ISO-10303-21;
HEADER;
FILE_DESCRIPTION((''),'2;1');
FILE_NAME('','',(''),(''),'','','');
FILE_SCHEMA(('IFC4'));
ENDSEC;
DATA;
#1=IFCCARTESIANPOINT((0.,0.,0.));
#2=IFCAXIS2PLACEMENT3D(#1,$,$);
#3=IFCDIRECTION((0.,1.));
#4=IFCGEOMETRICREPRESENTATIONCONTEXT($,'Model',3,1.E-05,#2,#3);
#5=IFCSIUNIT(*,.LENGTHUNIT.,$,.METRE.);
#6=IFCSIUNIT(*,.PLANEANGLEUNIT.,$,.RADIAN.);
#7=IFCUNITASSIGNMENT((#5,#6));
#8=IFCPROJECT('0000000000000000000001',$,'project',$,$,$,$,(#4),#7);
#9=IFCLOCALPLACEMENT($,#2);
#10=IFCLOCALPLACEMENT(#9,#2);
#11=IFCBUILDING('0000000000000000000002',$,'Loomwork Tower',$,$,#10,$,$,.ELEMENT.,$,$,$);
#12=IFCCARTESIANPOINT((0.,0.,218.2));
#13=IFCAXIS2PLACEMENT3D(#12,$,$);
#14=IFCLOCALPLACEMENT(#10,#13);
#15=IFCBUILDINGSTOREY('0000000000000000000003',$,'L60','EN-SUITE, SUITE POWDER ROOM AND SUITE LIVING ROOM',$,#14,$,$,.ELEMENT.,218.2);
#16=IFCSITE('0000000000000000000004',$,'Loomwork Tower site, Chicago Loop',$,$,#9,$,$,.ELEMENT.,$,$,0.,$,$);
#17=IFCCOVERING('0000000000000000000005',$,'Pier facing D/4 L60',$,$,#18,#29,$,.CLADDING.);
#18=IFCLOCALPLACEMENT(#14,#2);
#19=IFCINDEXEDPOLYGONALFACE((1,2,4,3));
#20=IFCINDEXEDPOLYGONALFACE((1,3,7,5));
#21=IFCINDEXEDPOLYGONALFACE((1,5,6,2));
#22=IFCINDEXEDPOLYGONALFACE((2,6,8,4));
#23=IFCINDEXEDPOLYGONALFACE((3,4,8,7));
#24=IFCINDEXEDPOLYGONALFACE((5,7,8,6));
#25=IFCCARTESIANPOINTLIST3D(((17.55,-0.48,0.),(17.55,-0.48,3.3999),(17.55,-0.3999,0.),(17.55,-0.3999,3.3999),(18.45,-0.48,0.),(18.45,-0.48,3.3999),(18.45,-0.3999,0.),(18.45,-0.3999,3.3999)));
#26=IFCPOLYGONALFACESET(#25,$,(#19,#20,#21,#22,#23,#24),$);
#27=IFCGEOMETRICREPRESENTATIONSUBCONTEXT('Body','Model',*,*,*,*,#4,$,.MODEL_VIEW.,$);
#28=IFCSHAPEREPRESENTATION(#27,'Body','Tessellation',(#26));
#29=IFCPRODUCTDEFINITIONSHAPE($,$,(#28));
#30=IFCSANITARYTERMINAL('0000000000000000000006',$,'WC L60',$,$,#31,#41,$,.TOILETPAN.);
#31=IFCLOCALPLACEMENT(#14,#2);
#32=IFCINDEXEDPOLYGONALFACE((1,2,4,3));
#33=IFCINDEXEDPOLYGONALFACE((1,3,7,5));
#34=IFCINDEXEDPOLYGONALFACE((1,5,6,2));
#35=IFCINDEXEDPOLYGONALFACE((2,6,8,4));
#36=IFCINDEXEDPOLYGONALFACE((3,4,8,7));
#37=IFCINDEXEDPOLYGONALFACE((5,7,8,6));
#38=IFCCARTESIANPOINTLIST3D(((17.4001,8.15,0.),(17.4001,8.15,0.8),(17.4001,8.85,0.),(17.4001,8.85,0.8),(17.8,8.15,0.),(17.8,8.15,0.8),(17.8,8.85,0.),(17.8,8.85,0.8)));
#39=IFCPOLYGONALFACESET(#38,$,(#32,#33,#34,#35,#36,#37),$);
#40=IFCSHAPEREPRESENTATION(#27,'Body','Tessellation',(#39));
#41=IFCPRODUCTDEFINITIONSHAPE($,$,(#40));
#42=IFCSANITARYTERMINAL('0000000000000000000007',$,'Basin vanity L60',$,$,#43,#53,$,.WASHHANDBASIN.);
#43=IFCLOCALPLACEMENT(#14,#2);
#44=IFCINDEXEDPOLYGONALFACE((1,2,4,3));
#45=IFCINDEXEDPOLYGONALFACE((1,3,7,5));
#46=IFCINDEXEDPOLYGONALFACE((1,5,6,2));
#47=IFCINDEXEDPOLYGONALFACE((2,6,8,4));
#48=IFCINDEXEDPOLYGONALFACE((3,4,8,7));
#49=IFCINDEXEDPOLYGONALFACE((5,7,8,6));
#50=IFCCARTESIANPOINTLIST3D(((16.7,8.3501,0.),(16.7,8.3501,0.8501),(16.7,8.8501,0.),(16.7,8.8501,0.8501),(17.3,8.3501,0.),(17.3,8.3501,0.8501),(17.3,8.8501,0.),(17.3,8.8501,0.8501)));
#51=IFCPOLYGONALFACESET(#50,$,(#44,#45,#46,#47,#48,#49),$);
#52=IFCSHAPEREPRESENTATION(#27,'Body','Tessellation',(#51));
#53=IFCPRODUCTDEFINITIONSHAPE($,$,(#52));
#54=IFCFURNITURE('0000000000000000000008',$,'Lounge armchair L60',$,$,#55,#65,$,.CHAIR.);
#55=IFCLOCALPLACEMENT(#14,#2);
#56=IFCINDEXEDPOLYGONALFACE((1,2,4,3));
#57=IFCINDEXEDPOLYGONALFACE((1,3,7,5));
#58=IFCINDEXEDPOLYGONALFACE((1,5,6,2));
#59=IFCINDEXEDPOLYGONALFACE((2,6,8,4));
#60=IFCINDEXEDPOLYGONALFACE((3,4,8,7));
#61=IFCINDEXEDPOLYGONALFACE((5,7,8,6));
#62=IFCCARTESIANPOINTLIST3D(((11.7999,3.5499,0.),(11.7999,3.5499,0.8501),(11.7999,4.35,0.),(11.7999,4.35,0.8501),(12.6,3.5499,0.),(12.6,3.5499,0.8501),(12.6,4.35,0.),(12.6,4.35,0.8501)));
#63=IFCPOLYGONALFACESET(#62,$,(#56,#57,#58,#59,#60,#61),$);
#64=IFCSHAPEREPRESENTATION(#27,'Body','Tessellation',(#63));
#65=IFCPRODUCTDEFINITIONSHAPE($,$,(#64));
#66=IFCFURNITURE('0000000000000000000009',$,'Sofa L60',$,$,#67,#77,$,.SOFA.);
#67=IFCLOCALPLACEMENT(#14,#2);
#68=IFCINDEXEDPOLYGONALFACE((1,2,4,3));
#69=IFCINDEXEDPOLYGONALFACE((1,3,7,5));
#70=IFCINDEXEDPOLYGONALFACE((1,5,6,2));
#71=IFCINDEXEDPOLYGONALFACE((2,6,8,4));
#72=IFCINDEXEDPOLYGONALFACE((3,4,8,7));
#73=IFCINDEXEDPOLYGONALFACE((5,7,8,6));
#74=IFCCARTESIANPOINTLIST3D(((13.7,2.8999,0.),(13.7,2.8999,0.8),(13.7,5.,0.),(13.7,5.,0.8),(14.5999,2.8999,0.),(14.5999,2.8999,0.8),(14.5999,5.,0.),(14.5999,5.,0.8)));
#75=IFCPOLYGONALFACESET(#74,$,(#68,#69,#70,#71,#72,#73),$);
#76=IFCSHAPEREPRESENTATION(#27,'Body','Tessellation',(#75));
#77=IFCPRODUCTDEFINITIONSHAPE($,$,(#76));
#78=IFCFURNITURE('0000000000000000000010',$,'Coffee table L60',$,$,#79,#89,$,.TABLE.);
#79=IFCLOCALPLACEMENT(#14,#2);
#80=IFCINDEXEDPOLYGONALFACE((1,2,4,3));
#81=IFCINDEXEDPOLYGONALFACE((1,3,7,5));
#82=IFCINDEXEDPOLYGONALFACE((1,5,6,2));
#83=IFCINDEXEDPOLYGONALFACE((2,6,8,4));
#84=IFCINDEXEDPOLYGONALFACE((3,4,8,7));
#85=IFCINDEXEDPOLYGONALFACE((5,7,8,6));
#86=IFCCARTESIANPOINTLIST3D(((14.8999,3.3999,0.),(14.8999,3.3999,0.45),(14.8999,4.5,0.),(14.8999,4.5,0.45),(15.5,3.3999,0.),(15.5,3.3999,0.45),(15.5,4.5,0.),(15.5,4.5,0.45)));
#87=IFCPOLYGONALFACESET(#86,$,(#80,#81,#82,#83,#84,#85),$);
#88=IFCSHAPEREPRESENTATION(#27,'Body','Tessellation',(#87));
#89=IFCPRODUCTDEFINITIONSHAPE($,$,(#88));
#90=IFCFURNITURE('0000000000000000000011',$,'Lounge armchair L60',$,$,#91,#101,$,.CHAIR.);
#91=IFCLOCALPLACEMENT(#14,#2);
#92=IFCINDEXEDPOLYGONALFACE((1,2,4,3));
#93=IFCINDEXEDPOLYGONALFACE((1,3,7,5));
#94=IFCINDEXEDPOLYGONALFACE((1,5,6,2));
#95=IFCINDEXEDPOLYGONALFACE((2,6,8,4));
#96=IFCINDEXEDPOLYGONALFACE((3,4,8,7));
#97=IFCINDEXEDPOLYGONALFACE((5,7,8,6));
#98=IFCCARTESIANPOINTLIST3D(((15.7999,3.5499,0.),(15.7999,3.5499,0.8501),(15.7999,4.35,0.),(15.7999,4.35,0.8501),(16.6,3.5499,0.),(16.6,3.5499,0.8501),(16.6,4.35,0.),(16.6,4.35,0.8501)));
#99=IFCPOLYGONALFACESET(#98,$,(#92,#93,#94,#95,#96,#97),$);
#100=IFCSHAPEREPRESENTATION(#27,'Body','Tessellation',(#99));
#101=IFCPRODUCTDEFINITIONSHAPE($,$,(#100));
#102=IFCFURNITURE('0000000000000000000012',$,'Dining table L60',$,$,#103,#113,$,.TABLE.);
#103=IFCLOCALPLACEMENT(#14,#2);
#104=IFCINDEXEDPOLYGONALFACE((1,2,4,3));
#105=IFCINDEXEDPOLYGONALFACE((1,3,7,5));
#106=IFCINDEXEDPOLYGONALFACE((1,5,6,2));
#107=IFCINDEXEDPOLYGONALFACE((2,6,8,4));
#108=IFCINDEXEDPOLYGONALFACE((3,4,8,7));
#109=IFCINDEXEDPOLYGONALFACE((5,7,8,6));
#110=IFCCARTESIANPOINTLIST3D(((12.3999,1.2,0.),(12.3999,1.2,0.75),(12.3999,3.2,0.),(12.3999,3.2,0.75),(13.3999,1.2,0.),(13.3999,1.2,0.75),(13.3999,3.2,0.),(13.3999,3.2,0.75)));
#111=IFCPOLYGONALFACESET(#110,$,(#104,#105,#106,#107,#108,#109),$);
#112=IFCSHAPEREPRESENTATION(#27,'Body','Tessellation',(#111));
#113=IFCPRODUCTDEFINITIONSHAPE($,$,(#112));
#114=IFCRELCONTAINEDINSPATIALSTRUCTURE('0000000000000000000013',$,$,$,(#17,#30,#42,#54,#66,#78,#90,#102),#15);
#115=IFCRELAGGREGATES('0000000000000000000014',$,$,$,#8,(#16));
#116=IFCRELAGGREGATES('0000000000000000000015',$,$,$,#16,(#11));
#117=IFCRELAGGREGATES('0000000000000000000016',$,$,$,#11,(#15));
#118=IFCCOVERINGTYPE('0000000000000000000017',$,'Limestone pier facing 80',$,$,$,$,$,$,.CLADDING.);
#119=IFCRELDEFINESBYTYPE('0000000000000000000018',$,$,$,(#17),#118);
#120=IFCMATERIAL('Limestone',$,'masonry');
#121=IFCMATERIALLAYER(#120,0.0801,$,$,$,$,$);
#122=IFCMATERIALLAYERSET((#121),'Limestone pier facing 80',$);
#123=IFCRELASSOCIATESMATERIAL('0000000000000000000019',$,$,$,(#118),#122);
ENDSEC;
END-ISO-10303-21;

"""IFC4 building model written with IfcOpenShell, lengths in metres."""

from ifc_helpers import new_model, si_unit, direction, frame, origin, origin_2d, place, context, subcontext, project, spatial, rectangle, extrude, material, layer, layer_set, type_object, element, save


model = new_model("IFC4")

# Units and contexts
model_context = context("Model", 3, precision=1e-05, world=origin(), true_north=direction((0.0, 1.0)))
body_context = subcontext(model_context, "Body", "Model", "MODEL_VIEW")
ifc_project = project(units=[si_unit("LENGTHUNIT", "METRE"), si_unit("PLANEANGLEUNIT", "RADIAN")], contexts=[model_context])

# Site, building, storey
site_placement = place(None, origin())
site = spatial("IfcSite", under=ifc_project, at=site_placement, Name="Loomwork Tower site, Chicago Loop", CompositionType="ELEMENT", RefElevation=0.0)
building_placement = place(site_placement, origin())
building = spatial("IfcBuilding", under=site, at=building_placement, Name="Loomwork Tower", CompositionType="ELEMENT")
storey_placement = place(building_placement, frame((0.0, 0.0, 218.2)))
storey = spatial("IfcBuildingStorey", under=building, at=storey_placement, Name="L60", Description="EN-SUITE, SUITE POWDER ROOM AND SUITE LIVING ROOM", CompositionType="ELEMENT", Elevation=218.2)

# Covering
ifc_material_1 = material(Name="Limestone", Category="masonry")
ifc_layer_1 = layer(ifc_material_1, 0.0801)
ifc_layer_set_1 = layer_set([ifc_layer_1], Name="Limestone pier facing 80")
covering_type = type_object("IfcCoveringType", Name="Limestone pier facing 80", PredefinedType="CLADDING", material=ifc_layer_set_1)
covering_placement = place(storey_placement, frame((18.0, -0.4399, 0.0), z_axis=(0.0, 0.0, 1.0), x_axis=(1.0, 0.0, 0.0)))
element("IfcCovering", 1, at=covering_placement, inside=storey, type_object=covering_type, Name="Pier facing D/4 L60", PredefinedType="CLADDING", context=body_context, shape_type="SweptSolid", body=[
    extrude(rectangle(XDim=0.8999, YDim=0.0801, at=origin_2d()), origin(), (0.0, 0.0, 1.0), 3.3999),
])

# Sanitary terminals
sanitary_terminal_1_placement = place(storey_placement, frame((17.6001, 8.5, 0.0), z_axis=(0.0, 0.0, 1.0), x_axis=(1.0, 0.0, 0.0)))
element("IfcSanitaryTerminal", 2, at=sanitary_terminal_1_placement, inside=storey, Name="WC L60", PredefinedType="TOILETPAN", context=body_context, shape_type="SweptSolid", body=[
    extrude(rectangle(XDim=0.3999, YDim=0.7, at=origin_2d()), origin(), (0.0, 0.0, 1.0), 0.8),
])
sanitary_terminal_2_placement = place(storey_placement, frame((17.0, 8.6001, 0.0), z_axis=(0.0, 0.0, 1.0), x_axis=(1.0, 0.0, 0.0)))
element("IfcSanitaryTerminal", 3, at=sanitary_terminal_2_placement, inside=storey, Name="Basin vanity L60", PredefinedType="WASHHANDBASIN", context=body_context, shape_type="SweptSolid", body=[
    extrude(rectangle(XDim=0.6001, YDim=0.5, at=origin_2d()), origin(), (0.0, 0.0, 1.0), 0.8501),
])

# Furniture
furniture_1_placement = place(storey_placement, frame((12.2, 3.95, 0.0), z_axis=(0.0, 0.0, 1.0), x_axis=(1.0, 0.0, 0.0)))
element("IfcFurniture", 4, at=furniture_1_placement, inside=storey, Name="Lounge armchair L60", PredefinedType="CHAIR", context=body_context, shape_type="SweptSolid", body=[
    extrude(rectangle(XDim=0.8, YDim=0.8, at=origin_2d()), origin(), (0.0, 0.0, 1.0), 0.8501),
])
furniture_2_placement = place(storey_placement, frame((14.1499, 3.95, 0.0), z_axis=(0.0, 0.0, 1.0), x_axis=(1.0, 0.0, 0.0)))
element("IfcFurniture", 5, at=furniture_2_placement, inside=storey, Name="Sofa L60", PredefinedType="SOFA", context=body_context, shape_type="SweptSolid", body=[
    extrude(rectangle(XDim=0.8999, YDim=2.1001, at=origin_2d()), origin(), (0.0, 0.0, 1.0), 0.8),
])
furniture_3_placement = place(storey_placement, frame((15.2, 3.95, 0.0), z_axis=(0.0, 0.0, 1.0), x_axis=(1.0, 0.0, 0.0)))
element("IfcFurniture", 6, at=furniture_3_placement, inside=storey, Name="Coffee table L60", PredefinedType="TABLE", context=body_context, shape_type="SweptSolid", body=[
    extrude(rectangle(XDim=0.6001, YDim=1.1001, at=origin_2d()), origin(), (0.0, 0.0, 1.0), 0.45),
])
furniture_4_placement = place(storey_placement, frame((16.2, 3.95, 0.0), z_axis=(0.0, 0.0, 1.0), x_axis=(1.0, 0.0, 0.0)))
element("IfcFurniture", 7, at=furniture_4_placement, inside=storey, Name="Lounge armchair L60", PredefinedType="CHAIR", context=body_context, shape_type="SweptSolid", body=[
    extrude(rectangle(XDim=0.8, YDim=0.8, at=origin_2d()), origin(), (0.0, 0.0, 1.0), 0.8501),
])
furniture_5_placement = place(storey_placement, frame((12.8999, 2.2, 0.0), z_axis=(0.0, 0.0, 1.0), x_axis=(1.0, 0.0, 0.0)))
element("IfcFurniture", 8, at=furniture_5_placement, inside=storey, Name="Dining table L60", PredefinedType="TABLE", context=body_context, shape_type="SweptSolid", body=[
    extrude(rectangle(XDim=1.0, YDim=2.0, at=origin_2d()), origin(), (0.0, 0.0, 1.0), 0.75),
])

save(model, "model.ifc")
